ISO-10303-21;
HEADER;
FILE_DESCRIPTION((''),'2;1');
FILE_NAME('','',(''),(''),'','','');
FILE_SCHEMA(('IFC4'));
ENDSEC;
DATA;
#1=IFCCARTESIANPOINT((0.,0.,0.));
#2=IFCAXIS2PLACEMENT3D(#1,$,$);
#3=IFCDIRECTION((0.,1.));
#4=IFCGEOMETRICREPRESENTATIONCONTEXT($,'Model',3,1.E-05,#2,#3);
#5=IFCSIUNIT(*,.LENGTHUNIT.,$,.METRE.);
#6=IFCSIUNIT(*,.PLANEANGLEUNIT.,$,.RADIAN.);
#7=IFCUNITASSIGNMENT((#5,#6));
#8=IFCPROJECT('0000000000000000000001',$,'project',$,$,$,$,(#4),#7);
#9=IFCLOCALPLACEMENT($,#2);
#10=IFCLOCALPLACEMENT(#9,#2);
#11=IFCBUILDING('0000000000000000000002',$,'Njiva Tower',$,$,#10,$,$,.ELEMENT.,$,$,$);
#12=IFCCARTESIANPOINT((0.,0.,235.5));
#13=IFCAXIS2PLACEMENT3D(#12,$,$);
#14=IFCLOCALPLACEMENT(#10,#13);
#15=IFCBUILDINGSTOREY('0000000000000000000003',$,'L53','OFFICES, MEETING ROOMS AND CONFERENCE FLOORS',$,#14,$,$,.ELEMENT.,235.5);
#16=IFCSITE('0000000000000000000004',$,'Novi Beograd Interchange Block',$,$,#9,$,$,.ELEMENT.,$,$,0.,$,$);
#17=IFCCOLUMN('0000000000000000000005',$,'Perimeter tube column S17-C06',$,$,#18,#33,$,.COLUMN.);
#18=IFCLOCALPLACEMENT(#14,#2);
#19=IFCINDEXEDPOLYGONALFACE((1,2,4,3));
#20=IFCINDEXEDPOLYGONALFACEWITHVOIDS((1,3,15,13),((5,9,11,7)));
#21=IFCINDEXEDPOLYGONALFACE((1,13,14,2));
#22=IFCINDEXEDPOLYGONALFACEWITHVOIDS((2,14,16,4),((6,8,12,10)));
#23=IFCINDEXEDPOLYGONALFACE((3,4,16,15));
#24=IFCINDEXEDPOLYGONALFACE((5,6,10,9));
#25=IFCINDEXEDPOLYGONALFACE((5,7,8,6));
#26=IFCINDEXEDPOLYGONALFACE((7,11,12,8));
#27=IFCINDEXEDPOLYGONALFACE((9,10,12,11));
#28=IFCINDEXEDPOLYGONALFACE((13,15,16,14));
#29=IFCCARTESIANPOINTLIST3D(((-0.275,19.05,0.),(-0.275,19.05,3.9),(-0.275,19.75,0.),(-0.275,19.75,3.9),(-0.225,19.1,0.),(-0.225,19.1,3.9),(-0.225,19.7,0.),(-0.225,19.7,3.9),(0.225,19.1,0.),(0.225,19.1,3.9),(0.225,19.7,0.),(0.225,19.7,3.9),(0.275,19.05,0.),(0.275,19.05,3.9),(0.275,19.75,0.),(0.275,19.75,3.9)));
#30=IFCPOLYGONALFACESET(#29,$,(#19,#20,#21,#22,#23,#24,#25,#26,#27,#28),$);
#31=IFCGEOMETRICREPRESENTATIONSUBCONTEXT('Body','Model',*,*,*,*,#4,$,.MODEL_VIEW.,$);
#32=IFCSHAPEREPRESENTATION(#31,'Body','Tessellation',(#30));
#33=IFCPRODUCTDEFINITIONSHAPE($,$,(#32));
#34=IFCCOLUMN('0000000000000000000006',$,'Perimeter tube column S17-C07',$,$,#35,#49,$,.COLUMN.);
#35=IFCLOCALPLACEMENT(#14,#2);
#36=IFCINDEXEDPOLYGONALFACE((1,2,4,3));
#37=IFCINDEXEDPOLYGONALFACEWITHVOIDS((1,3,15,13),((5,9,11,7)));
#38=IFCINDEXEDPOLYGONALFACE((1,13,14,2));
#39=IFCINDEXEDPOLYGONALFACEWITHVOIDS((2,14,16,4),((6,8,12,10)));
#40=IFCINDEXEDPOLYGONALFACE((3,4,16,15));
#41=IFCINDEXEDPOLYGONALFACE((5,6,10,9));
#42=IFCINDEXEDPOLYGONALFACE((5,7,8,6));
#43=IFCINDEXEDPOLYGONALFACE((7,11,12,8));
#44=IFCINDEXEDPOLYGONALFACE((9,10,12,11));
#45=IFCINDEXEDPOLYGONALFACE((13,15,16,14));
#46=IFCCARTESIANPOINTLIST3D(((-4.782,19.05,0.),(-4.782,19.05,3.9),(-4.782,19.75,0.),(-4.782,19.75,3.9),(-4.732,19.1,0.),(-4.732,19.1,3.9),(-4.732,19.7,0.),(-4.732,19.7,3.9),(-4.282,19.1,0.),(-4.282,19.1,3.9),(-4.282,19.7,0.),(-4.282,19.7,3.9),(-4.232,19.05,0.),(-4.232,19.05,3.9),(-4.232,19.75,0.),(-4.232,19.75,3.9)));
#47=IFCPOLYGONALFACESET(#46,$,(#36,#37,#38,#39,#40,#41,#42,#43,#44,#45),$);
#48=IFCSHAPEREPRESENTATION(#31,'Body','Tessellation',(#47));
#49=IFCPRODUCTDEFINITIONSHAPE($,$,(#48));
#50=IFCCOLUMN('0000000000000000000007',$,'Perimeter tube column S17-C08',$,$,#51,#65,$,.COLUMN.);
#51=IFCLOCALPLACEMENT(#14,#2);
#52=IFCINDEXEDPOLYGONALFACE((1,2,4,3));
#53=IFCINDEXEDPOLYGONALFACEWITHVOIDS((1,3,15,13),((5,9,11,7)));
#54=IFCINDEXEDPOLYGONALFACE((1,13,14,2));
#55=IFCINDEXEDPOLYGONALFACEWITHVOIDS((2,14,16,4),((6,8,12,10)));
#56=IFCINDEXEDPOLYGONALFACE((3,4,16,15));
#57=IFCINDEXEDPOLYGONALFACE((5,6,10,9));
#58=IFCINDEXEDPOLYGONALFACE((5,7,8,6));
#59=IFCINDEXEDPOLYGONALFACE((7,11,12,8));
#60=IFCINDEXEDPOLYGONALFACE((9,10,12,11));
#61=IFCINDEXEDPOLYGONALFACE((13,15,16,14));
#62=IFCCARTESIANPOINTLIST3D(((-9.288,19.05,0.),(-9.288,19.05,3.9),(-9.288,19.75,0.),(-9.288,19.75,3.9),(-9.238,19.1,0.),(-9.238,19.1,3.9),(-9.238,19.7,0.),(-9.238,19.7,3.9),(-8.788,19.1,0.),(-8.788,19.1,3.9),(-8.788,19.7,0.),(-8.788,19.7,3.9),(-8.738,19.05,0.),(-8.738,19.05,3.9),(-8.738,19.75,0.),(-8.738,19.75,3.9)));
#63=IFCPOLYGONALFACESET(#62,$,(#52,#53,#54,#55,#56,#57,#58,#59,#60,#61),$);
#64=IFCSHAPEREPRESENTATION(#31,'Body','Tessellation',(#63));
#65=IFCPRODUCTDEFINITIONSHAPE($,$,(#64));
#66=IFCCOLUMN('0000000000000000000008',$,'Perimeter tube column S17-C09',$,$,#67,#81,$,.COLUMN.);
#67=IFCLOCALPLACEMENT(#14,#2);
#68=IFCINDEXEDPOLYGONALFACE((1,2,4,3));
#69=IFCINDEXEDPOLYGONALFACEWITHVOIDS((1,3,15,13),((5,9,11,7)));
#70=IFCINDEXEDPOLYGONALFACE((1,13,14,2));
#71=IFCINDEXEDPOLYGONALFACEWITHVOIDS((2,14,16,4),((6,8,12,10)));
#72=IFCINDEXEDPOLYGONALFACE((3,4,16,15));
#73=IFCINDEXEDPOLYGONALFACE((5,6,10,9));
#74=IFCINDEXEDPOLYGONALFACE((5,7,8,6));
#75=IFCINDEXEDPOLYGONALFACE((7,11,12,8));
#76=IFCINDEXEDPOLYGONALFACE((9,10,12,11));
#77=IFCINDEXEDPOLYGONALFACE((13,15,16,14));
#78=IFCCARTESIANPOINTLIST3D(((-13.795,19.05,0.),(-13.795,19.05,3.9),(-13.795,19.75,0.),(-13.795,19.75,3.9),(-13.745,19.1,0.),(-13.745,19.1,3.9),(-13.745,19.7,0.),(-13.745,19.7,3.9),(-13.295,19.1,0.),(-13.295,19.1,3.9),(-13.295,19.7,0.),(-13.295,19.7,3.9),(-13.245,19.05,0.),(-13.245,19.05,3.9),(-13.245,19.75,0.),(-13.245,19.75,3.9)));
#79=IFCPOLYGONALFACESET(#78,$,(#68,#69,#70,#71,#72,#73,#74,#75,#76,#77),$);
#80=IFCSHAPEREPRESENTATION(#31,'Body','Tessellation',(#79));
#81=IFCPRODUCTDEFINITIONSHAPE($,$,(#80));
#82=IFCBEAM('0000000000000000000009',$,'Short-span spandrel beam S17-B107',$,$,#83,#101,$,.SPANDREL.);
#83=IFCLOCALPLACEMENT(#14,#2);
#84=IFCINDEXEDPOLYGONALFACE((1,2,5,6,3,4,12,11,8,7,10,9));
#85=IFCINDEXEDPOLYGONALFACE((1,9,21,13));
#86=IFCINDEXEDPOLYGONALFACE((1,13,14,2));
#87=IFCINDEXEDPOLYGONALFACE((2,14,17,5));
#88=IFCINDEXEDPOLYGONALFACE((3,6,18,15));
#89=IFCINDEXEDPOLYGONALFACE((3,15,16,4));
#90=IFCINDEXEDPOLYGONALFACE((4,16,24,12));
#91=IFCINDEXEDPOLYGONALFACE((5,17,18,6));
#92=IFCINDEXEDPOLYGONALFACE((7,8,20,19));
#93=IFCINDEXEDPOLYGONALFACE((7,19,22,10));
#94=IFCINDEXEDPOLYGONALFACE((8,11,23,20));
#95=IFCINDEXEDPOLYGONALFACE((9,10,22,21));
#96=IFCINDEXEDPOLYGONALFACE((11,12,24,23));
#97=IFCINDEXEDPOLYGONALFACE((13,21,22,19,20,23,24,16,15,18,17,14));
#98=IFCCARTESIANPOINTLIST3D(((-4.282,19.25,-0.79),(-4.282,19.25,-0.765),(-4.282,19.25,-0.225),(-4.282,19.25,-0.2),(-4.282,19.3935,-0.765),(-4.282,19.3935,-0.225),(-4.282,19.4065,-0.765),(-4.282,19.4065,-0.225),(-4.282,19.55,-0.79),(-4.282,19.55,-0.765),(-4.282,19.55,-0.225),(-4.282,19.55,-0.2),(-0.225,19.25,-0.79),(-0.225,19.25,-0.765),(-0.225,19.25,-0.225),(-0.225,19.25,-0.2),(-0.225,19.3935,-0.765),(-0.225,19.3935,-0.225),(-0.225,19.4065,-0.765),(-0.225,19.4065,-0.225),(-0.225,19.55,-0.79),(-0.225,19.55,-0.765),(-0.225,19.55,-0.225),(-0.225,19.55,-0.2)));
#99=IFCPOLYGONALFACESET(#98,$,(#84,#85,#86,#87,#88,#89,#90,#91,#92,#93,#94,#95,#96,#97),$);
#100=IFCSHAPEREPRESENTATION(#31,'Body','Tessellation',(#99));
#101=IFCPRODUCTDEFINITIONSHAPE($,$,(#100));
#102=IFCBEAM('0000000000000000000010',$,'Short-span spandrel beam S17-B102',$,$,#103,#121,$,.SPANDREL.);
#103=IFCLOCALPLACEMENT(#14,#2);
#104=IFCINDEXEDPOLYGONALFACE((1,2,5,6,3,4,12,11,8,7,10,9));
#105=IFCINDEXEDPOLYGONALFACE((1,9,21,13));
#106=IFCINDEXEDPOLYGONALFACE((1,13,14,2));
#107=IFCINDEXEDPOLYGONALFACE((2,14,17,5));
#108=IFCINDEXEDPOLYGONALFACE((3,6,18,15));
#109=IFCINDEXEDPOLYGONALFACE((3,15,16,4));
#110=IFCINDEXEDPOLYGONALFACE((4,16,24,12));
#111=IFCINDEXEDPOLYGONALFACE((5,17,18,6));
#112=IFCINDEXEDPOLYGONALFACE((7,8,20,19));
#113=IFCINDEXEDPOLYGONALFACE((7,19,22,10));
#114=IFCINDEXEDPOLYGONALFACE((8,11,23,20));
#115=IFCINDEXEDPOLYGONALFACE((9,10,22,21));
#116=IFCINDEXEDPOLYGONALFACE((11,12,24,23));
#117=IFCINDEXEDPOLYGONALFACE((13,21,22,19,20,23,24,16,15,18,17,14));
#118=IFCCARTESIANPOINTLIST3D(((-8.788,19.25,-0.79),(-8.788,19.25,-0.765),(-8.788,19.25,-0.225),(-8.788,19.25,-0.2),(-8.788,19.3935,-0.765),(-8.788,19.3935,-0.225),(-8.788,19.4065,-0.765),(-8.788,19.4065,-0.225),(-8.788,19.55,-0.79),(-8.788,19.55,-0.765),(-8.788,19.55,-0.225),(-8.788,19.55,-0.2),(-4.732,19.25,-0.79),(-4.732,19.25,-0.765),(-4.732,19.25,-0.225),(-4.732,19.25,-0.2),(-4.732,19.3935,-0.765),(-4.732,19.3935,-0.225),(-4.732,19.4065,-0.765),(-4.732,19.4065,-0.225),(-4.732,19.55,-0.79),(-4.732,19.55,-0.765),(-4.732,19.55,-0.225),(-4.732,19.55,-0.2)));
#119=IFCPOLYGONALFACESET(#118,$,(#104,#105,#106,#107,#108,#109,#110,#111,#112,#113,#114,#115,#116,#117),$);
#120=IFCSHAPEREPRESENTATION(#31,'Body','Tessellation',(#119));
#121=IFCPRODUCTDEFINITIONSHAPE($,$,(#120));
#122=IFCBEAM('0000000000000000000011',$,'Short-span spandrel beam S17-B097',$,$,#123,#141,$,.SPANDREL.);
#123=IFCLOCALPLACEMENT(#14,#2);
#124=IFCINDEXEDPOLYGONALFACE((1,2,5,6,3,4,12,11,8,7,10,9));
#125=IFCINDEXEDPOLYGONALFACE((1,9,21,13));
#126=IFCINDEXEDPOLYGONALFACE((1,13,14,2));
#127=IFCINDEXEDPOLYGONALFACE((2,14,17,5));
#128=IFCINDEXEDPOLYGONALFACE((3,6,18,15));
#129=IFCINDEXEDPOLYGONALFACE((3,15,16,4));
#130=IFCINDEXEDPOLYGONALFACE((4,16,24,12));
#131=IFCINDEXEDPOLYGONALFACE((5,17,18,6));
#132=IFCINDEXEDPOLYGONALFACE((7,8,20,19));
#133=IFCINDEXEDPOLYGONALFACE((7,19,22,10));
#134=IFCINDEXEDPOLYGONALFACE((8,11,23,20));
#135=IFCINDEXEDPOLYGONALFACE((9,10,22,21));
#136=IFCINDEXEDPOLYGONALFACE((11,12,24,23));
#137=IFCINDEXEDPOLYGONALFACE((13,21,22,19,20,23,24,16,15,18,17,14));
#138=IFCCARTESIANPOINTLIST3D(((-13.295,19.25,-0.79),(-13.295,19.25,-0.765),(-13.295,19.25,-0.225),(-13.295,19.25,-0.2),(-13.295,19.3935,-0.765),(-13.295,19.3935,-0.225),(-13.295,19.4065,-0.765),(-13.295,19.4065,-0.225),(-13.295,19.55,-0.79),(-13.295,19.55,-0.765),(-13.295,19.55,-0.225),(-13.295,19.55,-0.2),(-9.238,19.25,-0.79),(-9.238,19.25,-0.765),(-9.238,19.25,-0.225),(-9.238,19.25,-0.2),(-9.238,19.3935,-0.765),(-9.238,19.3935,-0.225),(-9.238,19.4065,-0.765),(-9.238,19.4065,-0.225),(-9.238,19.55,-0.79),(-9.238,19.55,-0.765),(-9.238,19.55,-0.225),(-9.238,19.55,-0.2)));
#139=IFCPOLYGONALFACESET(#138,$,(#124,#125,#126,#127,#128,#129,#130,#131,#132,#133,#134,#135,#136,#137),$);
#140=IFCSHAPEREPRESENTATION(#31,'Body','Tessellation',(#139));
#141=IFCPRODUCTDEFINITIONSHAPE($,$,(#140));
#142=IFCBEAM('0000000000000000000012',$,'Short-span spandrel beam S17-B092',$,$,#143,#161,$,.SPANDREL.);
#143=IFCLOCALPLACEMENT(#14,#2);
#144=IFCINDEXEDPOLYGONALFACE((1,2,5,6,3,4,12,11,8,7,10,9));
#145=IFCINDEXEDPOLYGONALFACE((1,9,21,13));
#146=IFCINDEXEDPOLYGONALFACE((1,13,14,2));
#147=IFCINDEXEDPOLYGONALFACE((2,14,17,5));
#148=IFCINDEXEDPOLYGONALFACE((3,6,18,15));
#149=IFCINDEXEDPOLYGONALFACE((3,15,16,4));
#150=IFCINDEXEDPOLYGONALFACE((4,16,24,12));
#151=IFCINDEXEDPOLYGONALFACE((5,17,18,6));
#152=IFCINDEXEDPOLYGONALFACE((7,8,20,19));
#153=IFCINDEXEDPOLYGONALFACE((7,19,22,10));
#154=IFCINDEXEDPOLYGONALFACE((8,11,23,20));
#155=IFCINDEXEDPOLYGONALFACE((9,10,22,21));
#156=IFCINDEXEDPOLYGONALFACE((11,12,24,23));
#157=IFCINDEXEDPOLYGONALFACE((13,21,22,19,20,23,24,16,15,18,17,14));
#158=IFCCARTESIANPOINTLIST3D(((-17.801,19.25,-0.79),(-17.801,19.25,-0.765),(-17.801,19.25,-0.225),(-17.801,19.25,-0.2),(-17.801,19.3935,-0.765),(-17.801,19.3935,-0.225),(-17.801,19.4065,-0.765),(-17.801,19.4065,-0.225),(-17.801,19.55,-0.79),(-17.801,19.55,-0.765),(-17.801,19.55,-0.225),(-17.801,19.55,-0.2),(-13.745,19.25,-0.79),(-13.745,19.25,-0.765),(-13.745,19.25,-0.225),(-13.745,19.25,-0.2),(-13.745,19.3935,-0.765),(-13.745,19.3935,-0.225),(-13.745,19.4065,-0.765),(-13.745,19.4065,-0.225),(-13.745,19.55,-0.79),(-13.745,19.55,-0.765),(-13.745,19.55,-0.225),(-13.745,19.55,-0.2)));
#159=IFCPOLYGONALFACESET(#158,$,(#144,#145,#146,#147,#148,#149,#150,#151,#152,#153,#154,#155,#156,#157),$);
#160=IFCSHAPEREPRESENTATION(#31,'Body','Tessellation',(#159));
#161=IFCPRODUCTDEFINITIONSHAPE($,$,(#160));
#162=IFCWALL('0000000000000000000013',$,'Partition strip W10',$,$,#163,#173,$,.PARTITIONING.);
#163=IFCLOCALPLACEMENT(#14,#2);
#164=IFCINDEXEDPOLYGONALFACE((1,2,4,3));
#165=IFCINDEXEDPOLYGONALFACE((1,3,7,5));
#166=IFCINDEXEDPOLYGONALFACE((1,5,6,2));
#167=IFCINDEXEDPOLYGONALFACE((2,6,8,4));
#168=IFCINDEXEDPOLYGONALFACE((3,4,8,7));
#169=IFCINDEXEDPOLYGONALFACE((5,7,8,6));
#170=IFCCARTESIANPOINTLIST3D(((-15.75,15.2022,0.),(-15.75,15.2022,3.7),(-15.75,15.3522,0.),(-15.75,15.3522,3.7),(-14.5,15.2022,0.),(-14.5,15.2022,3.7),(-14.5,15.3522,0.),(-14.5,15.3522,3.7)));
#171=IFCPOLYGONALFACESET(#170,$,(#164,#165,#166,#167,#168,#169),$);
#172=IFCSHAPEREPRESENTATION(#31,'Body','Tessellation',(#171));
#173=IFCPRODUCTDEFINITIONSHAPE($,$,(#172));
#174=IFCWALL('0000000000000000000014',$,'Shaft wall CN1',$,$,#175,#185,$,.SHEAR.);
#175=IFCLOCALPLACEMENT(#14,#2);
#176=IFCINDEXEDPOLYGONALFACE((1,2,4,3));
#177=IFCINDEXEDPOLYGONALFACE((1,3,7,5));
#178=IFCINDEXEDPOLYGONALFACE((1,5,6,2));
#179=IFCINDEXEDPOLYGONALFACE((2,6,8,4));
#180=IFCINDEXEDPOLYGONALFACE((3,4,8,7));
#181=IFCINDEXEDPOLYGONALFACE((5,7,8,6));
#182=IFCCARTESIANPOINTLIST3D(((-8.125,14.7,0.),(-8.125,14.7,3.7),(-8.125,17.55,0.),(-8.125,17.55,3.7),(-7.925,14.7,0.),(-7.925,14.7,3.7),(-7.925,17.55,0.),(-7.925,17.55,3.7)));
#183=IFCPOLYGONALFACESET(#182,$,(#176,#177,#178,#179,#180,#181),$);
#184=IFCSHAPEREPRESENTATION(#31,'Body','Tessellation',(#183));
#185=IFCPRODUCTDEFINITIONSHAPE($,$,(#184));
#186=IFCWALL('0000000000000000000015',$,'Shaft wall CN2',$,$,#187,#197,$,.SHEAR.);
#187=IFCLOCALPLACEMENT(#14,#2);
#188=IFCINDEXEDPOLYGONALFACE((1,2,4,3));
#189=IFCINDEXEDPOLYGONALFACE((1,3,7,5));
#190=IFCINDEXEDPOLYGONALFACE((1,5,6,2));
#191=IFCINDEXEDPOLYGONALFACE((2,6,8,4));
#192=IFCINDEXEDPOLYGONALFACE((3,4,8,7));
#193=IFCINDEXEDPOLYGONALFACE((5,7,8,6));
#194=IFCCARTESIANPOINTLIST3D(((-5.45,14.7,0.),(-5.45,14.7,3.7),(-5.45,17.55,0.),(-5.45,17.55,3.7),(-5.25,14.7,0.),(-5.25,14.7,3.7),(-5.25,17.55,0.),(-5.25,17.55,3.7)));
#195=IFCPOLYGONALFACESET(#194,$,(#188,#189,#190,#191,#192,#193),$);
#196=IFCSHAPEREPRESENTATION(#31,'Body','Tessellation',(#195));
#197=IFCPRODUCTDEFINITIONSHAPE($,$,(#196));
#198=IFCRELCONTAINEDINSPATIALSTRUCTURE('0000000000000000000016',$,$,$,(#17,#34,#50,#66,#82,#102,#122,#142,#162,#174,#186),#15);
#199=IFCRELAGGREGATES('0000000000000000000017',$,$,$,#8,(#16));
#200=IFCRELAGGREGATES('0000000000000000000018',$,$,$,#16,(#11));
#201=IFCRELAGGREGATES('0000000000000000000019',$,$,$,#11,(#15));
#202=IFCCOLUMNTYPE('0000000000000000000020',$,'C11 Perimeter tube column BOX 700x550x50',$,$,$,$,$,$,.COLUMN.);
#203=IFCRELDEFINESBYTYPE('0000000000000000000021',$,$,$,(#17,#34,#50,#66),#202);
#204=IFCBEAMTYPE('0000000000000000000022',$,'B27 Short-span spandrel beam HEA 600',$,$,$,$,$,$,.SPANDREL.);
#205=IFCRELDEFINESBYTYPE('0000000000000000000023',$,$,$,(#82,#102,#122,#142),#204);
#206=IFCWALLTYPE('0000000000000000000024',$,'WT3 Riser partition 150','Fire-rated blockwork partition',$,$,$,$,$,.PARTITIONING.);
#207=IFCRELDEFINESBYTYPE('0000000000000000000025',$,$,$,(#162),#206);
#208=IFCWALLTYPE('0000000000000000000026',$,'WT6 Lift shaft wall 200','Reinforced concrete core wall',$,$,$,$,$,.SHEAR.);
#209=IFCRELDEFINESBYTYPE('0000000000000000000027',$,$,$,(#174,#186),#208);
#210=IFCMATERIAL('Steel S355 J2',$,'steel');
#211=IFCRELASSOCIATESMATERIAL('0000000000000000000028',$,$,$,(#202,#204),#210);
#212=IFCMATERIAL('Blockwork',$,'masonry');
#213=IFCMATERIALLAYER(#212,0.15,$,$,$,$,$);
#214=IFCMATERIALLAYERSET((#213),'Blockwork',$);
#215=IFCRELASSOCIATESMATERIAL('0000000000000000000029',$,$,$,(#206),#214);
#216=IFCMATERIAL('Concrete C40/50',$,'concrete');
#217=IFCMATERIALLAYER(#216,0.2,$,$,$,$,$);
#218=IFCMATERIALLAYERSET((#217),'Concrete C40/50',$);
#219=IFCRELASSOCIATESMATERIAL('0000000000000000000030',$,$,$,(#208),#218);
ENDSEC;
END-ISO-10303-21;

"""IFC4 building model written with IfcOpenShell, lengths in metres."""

from ifc_helpers import new_model, si_unit, direction, frame, frame_2d, origin, origin_2d, place, context, subcontext, project, spatial, rectangle, hollow_rectangle, i_section, extrude, material, layer, layer_set, material_profile, profile_set, type_object, element, save


model = new_model("IFC4")

# Units and contexts
model_context = context("Model", 3, precision=1e-05, world=origin(), true_north=direction((0.0, 1.0)))
body_context = subcontext(model_context, "Body", "Model", "MODEL_VIEW")
ifc_project = project(units=[si_unit("LENGTHUNIT", "METRE"), si_unit("PLANEANGLEUNIT", "RADIAN")], contexts=[model_context])

# Site, building, storey
site_placement = place(None, origin())
site = spatial("IfcSite", under=ifc_project, at=site_placement, Name="Novi Beograd Interchange Block", CompositionType="ELEMENT", RefElevation=0.0)
building_placement = place(site_placement, origin())
building = spatial("IfcBuilding", under=site, at=building_placement, Name="Njiva Tower", CompositionType="ELEMENT")
storey_placement = place(building_placement, frame((0.0, 0.0, 235.5)))
storey = spatial("IfcBuildingStorey", under=building, at=storey_placement, Name="L53", Description="OFFICES, MEETING ROOMS AND CONFERENCE FLOORS", CompositionType="ELEMENT", Elevation=235.5)

# Columns
ifc_material_1 = material(Name="Steel S355 J2", Category="steel")
ifc_material_profile_1 = material_profile(ifc_material_1, hollow_rectangle(XDim=0.55, YDim=0.7, WallThickness=0.05, at=origin_2d()), Name="BOX 700x550x50")
ifc_profile_set_1 = profile_set([ifc_material_profile_1], Name="Steel S355 J2")
column_type = type_object("IfcColumnType", Name="C11 Perimeter tube column BOX 700x550x50", PredefinedType="COLUMN", material=ifc_profile_set_1)
for number, where, z_axis, x_axis, name in (
    (1, (0.0, 19.4, 0.0), (0.0, 0.0, 1.0), (-1.0, 0.0, 0.0), "Perimeter tube column S17-C06"),
    (2, (-4.507, 19.4, 0.0), (0.0, 0.0, 1.0), (-1.0, 0.0, 0.0), "Perimeter tube column S17-C07"),
    (3, (-9.013, 19.4, 0.0), (0.0, 0.0, 1.0), (-1.0, 0.0, 0.0), "Perimeter tube column S17-C08"),
    (4, (-13.52, 19.4, 0.0), (0.0, 0.0, 1.0), (-1.0, 0.0, 0.0), "Perimeter tube column S17-C09"),
):
    element("IfcColumn", number, at=place(storey_placement, frame(where, z_axis=z_axis, x_axis=x_axis)), inside=storey, type_object=column_type, Name=name, PredefinedType="COLUMN", context=body_context, shape_type="SweptSolid", body=[
        extrude(hollow_rectangle(XDim=0.55, YDim=0.7, WallThickness=0.05, at=origin_2d()), origin(), (0.0, 0.0, 1.0), 3.9),
    ])

# Beams
ifc_material_profile_2 = material_profile(ifc_material_1, i_section(OverallWidth=0.3, OverallDepth=0.59, WebThickness=0.013, FlangeThickness=0.025, at=origin_2d()), Name="HEA 600")
ifc_profile_set_2 = profile_set([ifc_material_profile_2], Name="Steel S355 J2")
beam_type = type_object("IfcBeamType", Name="B27 Short-span spandrel beam HEA 600", PredefinedType="SPANDREL", material=ifc_profile_set_2)
beam_1_placement = place(storey_placement, frame((-0.225, 19.4, -0.495), z_axis=(-1.0, 0.0, 0.0), x_axis=(0.0, -1.0, 0.0)))
element("IfcBeam", 5, at=beam_1_placement, inside=storey, type_object=beam_type, Name="Short-span spandrel beam S17-B107", PredefinedType="SPANDREL", context=body_context, shape_type="SweptSolid", body=[
    extrude(i_section(OverallWidth=0.3, OverallDepth=0.59, WebThickness=0.013, FlangeThickness=0.025, at=origin_2d()), origin(), (0.0, 0.0, 1.0), 4.057),
])
beam_2_placement = place(storey_placement, frame((-4.732, 19.4, -0.495), z_axis=(-1.0, 0.0, 0.0), x_axis=(0.0, -1.0, 0.0)))
element("IfcBeam", 6, at=beam_2_placement, inside=storey, type_object=beam_type, Name="Short-span spandrel beam S17-B102", PredefinedType="SPANDREL", context=body_context, shape_type="SweptSolid", body=[
    extrude(i_section(OverallWidth=0.3, OverallDepth=0.59, WebThickness=0.013, FlangeThickness=0.025, at=origin_2d()), origin(), (0.0, 0.0, 1.0), 4.056),
])
beam_3_placement = place(storey_placement, frame((-9.238, 19.4, -0.495), z_axis=(-1.0, 0.0, 0.0), x_axis=(0.0, -1.0, 0.0)))
element("IfcBeam", 7, at=beam_3_placement, inside=storey, type_object=beam_type, Name="Short-span spandrel beam S17-B097", PredefinedType="SPANDREL", context=body_context, shape_type="SweptSolid", body=[
    extrude(i_section(OverallWidth=0.3, OverallDepth=0.59, WebThickness=0.013, FlangeThickness=0.025, at=origin_2d()), origin(), (0.0, 0.0, 1.0), 4.057),
])
beam_4_placement = place(storey_placement, frame((-13.745, 19.4, -0.495), z_axis=(-1.0, 0.0, 0.0), x_axis=(0.0, -1.0, 0.0)))
element("IfcBeam", 8, at=beam_4_placement, inside=storey, type_object=beam_type, Name="Short-span spandrel beam S17-B092", PredefinedType="SPANDREL", context=body_context, shape_type="SweptSolid", body=[
    extrude(i_section(OverallWidth=0.3, OverallDepth=0.59, WebThickness=0.013, FlangeThickness=0.025, at=origin_2d()), origin(), (0.0, 0.0, 1.0), 4.056),
])

# Walls
ifc_material_2 = material(Name="Blockwork", Category="masonry")
ifc_layer_1 = layer(ifc_material_2, 0.15)
ifc_layer_set_1 = layer_set([ifc_layer_1], Name="Blockwork")
wall_type_1 = type_object("IfcWallType", Name="WT3 Riser partition 150", Description="Fire-rated blockwork partition", PredefinedType="PARTITIONING", material=ifc_layer_set_1)
wall_1_placement = place(storey_placement, frame((-15.75, 15.2772, 0.0), z_axis=(0.0, 0.0, 1.0), x_axis=(1.0, 0.0, 0.0)))
element("IfcWall", 9, at=wall_1_placement, inside=storey, type_object=wall_type_1, Name="Partition strip W10", PredefinedType="PARTITIONING", context=body_context, shape_type="SweptSolid", body=[
    extrude(rectangle(XDim=1.25, YDim=0.15, at=frame_2d((0.625, 0.0))), origin(), (0.0, 0.0, 1.0), 3.7),
])
ifc_material_3 = material(Name="Concrete C40/50", Category="concrete")
ifc_layer_2 = layer(ifc_material_3, 0.2)
ifc_layer_set_2 = layer_set([ifc_layer_2], Name="Concrete C40/50")
wall_type_2 = type_object("IfcWallType", Name="WT6 Lift shaft wall 200", Description="Reinforced concrete core wall", PredefinedType="SHEAR", material=ifc_layer_set_2)
for number, where, z_axis, x_axis, name in (
    (10, (-8.025, 14.7, 0.0), (0.0, 0.0, 1.0), (0.0, 1.0, 0.0), "Shaft wall CN1"),
    (11, (-5.35, 14.7, 0.0), (0.0, 0.0, 1.0), (0.0, 1.0, 0.0), "Shaft wall CN2"),
):
    element("IfcWall", number, at=place(storey_placement, frame(where, z_axis=z_axis, x_axis=x_axis)), inside=storey, type_object=wall_type_2, Name=name, PredefinedType="SHEAR", context=body_context, shape_type="SweptSolid", body=[
        extrude(rectangle(XDim=2.85, YDim=0.2, at=frame_2d((1.425, 0.0))), origin(), (0.0, 0.0, 1.0), 3.7),
    ])

save(model, "model.ifc")
